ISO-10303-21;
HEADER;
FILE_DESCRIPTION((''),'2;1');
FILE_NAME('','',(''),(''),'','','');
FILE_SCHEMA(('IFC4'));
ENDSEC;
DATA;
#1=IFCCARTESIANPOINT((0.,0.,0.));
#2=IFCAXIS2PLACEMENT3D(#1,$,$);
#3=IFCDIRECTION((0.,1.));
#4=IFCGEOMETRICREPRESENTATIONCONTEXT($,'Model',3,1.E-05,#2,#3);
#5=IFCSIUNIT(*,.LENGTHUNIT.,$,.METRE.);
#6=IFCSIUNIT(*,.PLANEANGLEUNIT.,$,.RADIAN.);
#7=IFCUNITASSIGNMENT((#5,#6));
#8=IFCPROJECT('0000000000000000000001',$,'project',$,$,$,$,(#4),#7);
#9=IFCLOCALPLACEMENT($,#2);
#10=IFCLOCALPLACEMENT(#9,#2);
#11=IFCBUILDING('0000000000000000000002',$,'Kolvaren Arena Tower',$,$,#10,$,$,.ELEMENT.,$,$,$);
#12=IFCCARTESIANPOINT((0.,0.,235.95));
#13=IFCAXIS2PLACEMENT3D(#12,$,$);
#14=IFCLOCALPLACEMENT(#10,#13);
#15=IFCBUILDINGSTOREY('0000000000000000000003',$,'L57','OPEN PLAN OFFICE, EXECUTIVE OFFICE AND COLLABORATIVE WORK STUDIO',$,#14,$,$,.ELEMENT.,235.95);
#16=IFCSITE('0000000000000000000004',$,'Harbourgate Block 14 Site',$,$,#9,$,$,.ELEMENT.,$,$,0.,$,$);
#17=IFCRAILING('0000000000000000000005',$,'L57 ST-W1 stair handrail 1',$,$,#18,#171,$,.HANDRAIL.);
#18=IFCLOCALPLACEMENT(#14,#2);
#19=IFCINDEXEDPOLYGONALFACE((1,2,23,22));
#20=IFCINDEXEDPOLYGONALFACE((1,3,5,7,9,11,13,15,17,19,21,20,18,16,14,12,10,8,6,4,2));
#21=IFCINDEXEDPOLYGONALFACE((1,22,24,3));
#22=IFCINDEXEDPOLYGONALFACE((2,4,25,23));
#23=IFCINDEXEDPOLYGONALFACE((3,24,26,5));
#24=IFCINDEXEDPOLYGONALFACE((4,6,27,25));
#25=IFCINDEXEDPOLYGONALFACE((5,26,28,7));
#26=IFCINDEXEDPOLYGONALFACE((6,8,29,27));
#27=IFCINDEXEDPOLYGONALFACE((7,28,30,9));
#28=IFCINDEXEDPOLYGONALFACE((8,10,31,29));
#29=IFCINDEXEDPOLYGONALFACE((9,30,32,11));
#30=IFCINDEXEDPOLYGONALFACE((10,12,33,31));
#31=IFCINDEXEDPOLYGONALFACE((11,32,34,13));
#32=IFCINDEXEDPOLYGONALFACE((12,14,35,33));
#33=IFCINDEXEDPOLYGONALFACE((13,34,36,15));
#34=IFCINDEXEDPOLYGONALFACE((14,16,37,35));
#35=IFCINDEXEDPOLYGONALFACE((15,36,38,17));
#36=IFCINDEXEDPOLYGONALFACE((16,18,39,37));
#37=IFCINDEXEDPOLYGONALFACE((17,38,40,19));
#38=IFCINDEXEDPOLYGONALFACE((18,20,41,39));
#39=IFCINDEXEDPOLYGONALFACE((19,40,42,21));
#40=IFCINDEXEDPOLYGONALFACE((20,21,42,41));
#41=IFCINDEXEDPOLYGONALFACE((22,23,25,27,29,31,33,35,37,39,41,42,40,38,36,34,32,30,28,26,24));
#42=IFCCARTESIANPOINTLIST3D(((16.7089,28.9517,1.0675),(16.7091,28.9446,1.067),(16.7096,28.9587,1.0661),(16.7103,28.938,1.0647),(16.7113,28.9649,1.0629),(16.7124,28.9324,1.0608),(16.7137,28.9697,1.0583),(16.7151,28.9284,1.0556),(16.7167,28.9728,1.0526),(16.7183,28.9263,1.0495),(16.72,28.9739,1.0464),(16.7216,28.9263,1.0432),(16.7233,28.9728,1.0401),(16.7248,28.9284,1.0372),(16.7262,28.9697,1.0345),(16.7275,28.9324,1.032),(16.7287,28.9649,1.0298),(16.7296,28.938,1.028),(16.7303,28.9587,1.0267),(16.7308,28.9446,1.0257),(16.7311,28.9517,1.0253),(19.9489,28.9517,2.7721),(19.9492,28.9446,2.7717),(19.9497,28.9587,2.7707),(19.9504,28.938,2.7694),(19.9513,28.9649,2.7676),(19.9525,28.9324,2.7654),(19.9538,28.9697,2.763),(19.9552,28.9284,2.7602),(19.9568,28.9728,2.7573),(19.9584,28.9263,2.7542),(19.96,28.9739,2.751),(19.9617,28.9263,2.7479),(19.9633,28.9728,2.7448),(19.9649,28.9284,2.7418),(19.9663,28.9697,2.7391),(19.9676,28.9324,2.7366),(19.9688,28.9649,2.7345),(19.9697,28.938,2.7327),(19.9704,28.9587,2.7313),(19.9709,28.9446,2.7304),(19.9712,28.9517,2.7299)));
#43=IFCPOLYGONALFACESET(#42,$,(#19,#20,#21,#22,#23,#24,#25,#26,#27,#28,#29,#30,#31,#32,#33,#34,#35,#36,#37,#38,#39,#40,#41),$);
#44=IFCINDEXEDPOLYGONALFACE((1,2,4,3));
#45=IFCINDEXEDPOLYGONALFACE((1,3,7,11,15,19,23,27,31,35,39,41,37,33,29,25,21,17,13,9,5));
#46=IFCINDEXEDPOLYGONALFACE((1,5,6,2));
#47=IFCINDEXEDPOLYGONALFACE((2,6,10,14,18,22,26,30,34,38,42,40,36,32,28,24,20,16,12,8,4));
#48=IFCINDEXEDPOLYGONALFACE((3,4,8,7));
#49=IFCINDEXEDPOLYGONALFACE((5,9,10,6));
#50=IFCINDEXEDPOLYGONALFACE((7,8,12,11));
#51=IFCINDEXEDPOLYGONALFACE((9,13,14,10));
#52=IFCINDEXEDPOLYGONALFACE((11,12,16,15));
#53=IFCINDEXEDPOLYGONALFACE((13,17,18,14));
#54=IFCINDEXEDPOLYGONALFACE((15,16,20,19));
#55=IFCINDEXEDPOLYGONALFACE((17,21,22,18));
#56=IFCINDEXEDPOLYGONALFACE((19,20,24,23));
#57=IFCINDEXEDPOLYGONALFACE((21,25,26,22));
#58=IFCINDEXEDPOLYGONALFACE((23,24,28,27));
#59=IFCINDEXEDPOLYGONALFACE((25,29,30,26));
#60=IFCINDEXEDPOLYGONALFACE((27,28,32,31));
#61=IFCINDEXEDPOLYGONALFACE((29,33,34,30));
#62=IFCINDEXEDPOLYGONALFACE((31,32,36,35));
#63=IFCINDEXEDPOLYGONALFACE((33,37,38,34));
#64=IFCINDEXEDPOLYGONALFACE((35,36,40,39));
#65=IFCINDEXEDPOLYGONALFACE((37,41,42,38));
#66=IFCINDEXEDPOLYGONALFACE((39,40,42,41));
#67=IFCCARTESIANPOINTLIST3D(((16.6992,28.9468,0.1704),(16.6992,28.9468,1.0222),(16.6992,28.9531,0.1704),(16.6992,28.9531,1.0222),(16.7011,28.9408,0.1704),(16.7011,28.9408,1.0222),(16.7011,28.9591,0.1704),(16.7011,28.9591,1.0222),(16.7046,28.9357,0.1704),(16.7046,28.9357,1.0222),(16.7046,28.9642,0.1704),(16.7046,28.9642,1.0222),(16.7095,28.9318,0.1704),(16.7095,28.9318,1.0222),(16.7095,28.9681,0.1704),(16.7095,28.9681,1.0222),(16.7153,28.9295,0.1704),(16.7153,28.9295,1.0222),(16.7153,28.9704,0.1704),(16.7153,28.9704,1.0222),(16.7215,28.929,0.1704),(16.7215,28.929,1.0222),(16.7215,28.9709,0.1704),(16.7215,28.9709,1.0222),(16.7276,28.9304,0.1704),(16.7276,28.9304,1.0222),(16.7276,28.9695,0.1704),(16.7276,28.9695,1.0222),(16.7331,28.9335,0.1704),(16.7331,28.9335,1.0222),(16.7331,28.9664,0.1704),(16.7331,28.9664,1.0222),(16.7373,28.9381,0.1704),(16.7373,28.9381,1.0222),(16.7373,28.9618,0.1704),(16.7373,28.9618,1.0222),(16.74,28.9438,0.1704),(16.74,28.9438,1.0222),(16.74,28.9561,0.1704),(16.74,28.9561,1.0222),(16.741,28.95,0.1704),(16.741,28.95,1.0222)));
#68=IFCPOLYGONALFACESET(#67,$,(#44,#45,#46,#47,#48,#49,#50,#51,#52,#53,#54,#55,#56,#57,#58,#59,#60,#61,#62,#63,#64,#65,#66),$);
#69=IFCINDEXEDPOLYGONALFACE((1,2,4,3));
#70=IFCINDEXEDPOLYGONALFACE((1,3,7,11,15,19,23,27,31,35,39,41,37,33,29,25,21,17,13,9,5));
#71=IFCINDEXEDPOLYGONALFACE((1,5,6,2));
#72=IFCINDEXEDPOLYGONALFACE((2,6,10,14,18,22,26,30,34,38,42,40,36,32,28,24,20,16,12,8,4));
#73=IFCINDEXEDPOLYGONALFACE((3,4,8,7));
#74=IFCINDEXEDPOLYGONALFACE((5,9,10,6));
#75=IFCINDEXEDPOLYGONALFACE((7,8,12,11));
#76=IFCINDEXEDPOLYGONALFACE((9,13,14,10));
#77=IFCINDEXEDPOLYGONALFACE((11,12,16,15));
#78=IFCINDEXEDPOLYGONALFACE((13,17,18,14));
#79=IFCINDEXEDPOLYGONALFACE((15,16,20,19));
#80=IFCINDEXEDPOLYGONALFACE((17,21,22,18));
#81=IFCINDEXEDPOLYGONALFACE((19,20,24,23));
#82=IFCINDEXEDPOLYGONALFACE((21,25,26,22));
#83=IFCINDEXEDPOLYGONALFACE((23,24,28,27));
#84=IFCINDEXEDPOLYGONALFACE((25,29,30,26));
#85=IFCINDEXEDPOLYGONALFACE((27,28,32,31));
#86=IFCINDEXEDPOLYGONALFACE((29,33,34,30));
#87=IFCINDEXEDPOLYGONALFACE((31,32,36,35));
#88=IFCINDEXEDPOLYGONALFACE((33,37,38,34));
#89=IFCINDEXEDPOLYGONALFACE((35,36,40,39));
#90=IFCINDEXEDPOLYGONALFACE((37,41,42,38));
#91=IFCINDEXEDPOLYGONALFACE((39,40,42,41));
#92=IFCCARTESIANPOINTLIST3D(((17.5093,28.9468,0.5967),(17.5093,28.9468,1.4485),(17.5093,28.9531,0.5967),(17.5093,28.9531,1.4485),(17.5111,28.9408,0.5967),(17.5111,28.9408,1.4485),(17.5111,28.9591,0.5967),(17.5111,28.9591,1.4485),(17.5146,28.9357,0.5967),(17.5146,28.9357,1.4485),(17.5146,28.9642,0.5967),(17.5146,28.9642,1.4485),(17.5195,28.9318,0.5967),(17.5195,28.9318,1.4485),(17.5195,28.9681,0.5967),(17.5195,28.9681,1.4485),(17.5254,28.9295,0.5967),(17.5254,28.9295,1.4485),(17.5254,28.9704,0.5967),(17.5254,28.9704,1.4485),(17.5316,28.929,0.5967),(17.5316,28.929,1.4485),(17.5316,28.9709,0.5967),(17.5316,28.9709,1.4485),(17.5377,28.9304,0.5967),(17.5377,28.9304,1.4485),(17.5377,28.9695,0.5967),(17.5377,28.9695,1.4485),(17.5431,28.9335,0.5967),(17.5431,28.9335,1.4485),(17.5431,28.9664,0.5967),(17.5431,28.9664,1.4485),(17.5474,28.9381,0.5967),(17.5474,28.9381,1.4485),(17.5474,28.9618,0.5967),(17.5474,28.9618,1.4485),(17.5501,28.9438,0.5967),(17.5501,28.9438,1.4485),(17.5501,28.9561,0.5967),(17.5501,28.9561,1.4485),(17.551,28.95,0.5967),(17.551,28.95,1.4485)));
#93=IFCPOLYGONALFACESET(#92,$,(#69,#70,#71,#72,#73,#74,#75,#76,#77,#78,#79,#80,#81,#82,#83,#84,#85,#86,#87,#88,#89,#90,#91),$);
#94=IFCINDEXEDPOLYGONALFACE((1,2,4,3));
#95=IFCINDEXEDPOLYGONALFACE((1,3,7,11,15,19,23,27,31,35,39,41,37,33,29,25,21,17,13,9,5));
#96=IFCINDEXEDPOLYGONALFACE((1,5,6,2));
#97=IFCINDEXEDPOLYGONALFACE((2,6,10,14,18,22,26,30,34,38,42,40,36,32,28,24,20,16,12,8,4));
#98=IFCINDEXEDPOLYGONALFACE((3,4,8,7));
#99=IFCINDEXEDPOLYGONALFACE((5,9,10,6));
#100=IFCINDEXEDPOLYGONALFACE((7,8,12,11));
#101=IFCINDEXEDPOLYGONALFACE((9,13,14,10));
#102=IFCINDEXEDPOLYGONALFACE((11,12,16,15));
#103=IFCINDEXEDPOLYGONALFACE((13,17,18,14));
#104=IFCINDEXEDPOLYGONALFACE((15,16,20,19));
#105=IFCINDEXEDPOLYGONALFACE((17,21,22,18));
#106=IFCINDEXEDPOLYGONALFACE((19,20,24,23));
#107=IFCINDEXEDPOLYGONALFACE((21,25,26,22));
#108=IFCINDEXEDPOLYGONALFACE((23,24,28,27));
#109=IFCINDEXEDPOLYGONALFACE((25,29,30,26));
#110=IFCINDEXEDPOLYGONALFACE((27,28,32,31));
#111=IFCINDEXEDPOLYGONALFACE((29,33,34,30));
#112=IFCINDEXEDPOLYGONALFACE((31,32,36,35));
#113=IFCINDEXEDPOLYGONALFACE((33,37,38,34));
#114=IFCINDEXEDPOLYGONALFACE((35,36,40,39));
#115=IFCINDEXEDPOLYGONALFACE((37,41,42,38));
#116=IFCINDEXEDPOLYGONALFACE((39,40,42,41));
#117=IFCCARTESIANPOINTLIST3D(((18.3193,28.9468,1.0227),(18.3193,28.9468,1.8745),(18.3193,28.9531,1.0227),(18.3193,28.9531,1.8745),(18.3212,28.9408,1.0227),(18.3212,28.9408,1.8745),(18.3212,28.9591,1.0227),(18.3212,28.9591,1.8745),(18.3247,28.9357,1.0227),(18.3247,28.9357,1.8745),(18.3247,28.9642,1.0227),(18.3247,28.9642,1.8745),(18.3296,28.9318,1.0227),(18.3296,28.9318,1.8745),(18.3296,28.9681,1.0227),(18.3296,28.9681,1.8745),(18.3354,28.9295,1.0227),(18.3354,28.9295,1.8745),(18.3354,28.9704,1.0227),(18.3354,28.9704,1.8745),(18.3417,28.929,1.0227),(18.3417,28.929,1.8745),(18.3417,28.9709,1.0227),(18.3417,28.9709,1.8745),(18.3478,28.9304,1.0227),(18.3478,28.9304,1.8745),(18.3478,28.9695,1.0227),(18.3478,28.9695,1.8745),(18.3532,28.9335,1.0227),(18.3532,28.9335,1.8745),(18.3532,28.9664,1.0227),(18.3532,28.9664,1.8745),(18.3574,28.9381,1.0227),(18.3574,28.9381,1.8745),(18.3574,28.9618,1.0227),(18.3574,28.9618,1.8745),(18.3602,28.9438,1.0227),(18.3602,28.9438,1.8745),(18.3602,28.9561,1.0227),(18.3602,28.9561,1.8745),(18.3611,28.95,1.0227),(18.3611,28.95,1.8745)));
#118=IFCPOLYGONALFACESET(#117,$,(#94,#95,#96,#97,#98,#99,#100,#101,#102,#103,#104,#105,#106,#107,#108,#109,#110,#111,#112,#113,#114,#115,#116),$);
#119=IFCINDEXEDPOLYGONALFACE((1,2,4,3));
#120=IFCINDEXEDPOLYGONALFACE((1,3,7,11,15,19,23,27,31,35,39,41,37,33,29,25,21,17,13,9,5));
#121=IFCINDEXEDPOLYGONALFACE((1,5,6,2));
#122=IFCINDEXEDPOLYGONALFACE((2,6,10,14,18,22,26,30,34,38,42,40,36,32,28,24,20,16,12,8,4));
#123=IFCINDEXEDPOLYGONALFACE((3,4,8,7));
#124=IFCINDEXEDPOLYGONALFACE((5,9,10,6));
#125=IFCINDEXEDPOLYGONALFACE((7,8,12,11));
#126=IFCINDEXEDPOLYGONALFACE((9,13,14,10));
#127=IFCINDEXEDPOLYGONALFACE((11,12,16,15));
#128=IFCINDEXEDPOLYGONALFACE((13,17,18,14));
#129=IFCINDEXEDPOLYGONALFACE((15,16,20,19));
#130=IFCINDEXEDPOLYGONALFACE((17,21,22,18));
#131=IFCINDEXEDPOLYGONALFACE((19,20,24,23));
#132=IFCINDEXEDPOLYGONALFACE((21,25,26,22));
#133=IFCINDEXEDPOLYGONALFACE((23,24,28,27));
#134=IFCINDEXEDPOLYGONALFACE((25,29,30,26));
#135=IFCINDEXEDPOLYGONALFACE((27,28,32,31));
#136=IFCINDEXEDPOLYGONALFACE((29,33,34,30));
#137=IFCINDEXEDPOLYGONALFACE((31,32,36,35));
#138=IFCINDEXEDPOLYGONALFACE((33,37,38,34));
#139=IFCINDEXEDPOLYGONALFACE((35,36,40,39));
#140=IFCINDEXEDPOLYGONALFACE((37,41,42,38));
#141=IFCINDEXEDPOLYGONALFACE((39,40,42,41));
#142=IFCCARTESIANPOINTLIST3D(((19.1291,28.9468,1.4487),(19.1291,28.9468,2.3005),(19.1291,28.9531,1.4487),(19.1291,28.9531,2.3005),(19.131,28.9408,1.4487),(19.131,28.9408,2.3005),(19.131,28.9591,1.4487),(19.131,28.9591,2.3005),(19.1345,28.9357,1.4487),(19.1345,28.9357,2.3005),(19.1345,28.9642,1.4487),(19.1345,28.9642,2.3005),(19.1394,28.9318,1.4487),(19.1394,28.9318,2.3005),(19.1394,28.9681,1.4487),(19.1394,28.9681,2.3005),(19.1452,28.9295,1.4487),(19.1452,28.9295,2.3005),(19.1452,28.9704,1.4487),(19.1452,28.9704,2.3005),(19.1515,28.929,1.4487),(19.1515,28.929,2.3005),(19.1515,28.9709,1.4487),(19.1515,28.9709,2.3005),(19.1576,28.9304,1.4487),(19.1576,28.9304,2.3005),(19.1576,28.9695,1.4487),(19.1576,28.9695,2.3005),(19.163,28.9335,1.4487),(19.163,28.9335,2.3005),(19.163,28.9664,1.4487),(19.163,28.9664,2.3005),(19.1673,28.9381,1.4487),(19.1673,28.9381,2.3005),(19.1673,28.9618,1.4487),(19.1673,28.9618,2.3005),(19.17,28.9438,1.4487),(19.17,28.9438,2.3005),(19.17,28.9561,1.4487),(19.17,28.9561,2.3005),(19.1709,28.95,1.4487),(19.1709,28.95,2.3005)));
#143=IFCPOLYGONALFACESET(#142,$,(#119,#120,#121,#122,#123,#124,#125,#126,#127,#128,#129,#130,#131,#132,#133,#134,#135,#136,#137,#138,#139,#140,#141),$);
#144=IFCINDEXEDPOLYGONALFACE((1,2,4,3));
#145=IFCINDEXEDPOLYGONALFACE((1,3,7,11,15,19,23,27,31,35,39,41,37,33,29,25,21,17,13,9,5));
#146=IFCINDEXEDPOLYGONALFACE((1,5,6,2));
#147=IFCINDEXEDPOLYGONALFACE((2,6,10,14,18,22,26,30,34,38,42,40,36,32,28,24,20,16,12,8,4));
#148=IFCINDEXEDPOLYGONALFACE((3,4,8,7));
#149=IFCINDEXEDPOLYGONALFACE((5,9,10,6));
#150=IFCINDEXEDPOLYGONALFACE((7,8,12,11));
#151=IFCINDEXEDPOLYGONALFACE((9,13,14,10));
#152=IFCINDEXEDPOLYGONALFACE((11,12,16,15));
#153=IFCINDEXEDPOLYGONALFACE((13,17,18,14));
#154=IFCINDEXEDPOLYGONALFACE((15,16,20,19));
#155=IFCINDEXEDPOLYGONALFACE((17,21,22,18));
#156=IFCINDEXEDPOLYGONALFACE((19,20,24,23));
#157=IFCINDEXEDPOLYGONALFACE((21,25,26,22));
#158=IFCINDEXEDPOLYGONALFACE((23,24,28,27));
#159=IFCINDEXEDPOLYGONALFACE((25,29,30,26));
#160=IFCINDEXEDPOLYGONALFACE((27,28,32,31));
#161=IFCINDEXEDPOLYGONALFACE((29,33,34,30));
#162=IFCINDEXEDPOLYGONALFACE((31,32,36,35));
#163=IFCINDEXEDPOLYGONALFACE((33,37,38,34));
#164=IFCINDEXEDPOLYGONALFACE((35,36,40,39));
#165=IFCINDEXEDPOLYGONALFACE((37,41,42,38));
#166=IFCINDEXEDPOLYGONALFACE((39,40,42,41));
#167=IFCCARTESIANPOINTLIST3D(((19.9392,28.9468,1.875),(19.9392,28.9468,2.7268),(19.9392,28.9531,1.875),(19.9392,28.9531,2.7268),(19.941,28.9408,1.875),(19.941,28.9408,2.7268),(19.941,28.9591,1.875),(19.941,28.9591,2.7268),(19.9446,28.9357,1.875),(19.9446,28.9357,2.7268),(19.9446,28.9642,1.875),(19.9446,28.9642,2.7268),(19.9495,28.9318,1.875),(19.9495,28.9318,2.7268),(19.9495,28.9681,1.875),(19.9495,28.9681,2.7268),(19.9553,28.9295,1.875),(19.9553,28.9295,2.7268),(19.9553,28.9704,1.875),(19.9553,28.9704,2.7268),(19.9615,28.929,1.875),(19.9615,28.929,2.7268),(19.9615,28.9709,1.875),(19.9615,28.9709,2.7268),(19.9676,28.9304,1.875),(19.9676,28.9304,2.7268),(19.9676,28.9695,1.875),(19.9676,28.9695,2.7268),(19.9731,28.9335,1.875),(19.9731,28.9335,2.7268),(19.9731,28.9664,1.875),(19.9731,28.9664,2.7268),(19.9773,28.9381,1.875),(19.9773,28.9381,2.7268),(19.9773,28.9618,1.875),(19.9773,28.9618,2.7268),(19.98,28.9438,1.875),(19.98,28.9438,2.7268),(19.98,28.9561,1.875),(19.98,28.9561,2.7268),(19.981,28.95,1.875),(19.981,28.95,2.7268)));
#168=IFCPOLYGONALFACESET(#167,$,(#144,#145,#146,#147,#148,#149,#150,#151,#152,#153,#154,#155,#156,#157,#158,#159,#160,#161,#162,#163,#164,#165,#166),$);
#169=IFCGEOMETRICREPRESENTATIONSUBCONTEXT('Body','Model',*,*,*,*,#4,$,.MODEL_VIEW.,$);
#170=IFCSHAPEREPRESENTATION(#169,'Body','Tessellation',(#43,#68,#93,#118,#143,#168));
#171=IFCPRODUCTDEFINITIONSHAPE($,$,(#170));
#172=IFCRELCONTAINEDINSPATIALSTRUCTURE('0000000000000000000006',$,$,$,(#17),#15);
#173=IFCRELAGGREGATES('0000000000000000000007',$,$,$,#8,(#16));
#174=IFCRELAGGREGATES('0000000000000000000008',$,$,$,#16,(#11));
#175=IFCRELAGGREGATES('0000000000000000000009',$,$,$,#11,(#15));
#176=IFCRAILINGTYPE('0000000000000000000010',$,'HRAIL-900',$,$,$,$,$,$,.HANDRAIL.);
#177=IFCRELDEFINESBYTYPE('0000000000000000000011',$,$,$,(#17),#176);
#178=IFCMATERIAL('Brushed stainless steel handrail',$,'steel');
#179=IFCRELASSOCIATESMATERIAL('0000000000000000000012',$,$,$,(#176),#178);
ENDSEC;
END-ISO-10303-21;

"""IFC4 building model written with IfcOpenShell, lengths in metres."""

from ifc_helpers import new_model, si_unit, direction, frame, origin, origin_2d, place, context, subcontext, project, spatial, circle, extrude, material, type_object, element, save


model = new_model("IFC4")

# Units and contexts
model_context = context("Model", 3, precision=1e-05, world=origin(), true_north=direction((0.0, 1.0)))
body_context = subcontext(model_context, "Body", "Model", "MODEL_VIEW")
ifc_project = project(units=[si_unit("LENGTHUNIT", "METRE"), si_unit("PLANEANGLEUNIT", "RADIAN")], contexts=[model_context])

# Site, building, storey
site_placement = place(None, origin())
site = spatial("IfcSite", under=ifc_project, at=site_placement, Name="Harbourgate Block 14 Site", CompositionType="ELEMENT", RefElevation=0.0)
building_placement = place(site_placement, origin())
building = spatial("IfcBuilding", under=site, at=building_placement, Name="Kolvaren Arena Tower", CompositionType="ELEMENT")
storey_placement = place(building_placement, frame((0.0, 0.0, 235.95)))
storey = spatial("IfcBuildingStorey", under=building, at=storey_placement, Name="L57", Description="OPEN PLAN OFFICE, EXECUTIVE OFFICE AND COLLABORATIVE WORK STUDIO", CompositionType="ELEMENT", Elevation=235.95)

# Railing
ifc_material_1 = material(Name="Brushed stainless steel handrail", Category="steel")
railing_type_1 = type_object("IfcRailingType", Name="HRAIL-900", PredefinedType="HANDRAIL", material=ifc_material_1)
railing_1_placement = place(storey_placement, frame((16.72, 28.95, 0.1704)))
element("IfcRailing", 1, at=railing_1_placement, inside=storey, type_object=railing_type_1, Name="L57 ST-W1 stair handrail 1", PredefinedType="HANDRAIL", context=body_context, shape_type="SweptSolid", body=[
    extrude(circle(Radius=0.0239, at=origin_2d()), frame((0.0, 0.0, 0.876), z_axis=(0.884993, 0.0, 0.465604), x_axis=(0.0, 1.0, 0.0)), (0.0, 0.0, 1.0), 3.6611),
    extrude(circle(Radius=0.021, at=origin_2d()), origin(), (0.0, 0.0, 1.0), 0.8518),
    extrude(circle(Radius=0.021, at=origin_2d()), frame((0.8101, 0.0, 0.4263)), (0.0, 0.0, 1.0), 0.8518),
    extrude(circle(Radius=0.021, at=origin_2d()), frame((1.6201, 0.0, 0.8523)), (0.0, 0.0, 1.0), 0.8518),
    extrude(circle(Radius=0.021, at=origin_2d()), frame((2.4299, 0.0, 1.2783)), (0.0, 0.0, 1.0), 0.8518),
    extrude(circle(Radius=0.021, at=origin_2d()), frame((3.24, 0.0, 1.7046)), (0.0, 0.0, 1.0), 0.8518),
])

save(model, "model.ifc")
